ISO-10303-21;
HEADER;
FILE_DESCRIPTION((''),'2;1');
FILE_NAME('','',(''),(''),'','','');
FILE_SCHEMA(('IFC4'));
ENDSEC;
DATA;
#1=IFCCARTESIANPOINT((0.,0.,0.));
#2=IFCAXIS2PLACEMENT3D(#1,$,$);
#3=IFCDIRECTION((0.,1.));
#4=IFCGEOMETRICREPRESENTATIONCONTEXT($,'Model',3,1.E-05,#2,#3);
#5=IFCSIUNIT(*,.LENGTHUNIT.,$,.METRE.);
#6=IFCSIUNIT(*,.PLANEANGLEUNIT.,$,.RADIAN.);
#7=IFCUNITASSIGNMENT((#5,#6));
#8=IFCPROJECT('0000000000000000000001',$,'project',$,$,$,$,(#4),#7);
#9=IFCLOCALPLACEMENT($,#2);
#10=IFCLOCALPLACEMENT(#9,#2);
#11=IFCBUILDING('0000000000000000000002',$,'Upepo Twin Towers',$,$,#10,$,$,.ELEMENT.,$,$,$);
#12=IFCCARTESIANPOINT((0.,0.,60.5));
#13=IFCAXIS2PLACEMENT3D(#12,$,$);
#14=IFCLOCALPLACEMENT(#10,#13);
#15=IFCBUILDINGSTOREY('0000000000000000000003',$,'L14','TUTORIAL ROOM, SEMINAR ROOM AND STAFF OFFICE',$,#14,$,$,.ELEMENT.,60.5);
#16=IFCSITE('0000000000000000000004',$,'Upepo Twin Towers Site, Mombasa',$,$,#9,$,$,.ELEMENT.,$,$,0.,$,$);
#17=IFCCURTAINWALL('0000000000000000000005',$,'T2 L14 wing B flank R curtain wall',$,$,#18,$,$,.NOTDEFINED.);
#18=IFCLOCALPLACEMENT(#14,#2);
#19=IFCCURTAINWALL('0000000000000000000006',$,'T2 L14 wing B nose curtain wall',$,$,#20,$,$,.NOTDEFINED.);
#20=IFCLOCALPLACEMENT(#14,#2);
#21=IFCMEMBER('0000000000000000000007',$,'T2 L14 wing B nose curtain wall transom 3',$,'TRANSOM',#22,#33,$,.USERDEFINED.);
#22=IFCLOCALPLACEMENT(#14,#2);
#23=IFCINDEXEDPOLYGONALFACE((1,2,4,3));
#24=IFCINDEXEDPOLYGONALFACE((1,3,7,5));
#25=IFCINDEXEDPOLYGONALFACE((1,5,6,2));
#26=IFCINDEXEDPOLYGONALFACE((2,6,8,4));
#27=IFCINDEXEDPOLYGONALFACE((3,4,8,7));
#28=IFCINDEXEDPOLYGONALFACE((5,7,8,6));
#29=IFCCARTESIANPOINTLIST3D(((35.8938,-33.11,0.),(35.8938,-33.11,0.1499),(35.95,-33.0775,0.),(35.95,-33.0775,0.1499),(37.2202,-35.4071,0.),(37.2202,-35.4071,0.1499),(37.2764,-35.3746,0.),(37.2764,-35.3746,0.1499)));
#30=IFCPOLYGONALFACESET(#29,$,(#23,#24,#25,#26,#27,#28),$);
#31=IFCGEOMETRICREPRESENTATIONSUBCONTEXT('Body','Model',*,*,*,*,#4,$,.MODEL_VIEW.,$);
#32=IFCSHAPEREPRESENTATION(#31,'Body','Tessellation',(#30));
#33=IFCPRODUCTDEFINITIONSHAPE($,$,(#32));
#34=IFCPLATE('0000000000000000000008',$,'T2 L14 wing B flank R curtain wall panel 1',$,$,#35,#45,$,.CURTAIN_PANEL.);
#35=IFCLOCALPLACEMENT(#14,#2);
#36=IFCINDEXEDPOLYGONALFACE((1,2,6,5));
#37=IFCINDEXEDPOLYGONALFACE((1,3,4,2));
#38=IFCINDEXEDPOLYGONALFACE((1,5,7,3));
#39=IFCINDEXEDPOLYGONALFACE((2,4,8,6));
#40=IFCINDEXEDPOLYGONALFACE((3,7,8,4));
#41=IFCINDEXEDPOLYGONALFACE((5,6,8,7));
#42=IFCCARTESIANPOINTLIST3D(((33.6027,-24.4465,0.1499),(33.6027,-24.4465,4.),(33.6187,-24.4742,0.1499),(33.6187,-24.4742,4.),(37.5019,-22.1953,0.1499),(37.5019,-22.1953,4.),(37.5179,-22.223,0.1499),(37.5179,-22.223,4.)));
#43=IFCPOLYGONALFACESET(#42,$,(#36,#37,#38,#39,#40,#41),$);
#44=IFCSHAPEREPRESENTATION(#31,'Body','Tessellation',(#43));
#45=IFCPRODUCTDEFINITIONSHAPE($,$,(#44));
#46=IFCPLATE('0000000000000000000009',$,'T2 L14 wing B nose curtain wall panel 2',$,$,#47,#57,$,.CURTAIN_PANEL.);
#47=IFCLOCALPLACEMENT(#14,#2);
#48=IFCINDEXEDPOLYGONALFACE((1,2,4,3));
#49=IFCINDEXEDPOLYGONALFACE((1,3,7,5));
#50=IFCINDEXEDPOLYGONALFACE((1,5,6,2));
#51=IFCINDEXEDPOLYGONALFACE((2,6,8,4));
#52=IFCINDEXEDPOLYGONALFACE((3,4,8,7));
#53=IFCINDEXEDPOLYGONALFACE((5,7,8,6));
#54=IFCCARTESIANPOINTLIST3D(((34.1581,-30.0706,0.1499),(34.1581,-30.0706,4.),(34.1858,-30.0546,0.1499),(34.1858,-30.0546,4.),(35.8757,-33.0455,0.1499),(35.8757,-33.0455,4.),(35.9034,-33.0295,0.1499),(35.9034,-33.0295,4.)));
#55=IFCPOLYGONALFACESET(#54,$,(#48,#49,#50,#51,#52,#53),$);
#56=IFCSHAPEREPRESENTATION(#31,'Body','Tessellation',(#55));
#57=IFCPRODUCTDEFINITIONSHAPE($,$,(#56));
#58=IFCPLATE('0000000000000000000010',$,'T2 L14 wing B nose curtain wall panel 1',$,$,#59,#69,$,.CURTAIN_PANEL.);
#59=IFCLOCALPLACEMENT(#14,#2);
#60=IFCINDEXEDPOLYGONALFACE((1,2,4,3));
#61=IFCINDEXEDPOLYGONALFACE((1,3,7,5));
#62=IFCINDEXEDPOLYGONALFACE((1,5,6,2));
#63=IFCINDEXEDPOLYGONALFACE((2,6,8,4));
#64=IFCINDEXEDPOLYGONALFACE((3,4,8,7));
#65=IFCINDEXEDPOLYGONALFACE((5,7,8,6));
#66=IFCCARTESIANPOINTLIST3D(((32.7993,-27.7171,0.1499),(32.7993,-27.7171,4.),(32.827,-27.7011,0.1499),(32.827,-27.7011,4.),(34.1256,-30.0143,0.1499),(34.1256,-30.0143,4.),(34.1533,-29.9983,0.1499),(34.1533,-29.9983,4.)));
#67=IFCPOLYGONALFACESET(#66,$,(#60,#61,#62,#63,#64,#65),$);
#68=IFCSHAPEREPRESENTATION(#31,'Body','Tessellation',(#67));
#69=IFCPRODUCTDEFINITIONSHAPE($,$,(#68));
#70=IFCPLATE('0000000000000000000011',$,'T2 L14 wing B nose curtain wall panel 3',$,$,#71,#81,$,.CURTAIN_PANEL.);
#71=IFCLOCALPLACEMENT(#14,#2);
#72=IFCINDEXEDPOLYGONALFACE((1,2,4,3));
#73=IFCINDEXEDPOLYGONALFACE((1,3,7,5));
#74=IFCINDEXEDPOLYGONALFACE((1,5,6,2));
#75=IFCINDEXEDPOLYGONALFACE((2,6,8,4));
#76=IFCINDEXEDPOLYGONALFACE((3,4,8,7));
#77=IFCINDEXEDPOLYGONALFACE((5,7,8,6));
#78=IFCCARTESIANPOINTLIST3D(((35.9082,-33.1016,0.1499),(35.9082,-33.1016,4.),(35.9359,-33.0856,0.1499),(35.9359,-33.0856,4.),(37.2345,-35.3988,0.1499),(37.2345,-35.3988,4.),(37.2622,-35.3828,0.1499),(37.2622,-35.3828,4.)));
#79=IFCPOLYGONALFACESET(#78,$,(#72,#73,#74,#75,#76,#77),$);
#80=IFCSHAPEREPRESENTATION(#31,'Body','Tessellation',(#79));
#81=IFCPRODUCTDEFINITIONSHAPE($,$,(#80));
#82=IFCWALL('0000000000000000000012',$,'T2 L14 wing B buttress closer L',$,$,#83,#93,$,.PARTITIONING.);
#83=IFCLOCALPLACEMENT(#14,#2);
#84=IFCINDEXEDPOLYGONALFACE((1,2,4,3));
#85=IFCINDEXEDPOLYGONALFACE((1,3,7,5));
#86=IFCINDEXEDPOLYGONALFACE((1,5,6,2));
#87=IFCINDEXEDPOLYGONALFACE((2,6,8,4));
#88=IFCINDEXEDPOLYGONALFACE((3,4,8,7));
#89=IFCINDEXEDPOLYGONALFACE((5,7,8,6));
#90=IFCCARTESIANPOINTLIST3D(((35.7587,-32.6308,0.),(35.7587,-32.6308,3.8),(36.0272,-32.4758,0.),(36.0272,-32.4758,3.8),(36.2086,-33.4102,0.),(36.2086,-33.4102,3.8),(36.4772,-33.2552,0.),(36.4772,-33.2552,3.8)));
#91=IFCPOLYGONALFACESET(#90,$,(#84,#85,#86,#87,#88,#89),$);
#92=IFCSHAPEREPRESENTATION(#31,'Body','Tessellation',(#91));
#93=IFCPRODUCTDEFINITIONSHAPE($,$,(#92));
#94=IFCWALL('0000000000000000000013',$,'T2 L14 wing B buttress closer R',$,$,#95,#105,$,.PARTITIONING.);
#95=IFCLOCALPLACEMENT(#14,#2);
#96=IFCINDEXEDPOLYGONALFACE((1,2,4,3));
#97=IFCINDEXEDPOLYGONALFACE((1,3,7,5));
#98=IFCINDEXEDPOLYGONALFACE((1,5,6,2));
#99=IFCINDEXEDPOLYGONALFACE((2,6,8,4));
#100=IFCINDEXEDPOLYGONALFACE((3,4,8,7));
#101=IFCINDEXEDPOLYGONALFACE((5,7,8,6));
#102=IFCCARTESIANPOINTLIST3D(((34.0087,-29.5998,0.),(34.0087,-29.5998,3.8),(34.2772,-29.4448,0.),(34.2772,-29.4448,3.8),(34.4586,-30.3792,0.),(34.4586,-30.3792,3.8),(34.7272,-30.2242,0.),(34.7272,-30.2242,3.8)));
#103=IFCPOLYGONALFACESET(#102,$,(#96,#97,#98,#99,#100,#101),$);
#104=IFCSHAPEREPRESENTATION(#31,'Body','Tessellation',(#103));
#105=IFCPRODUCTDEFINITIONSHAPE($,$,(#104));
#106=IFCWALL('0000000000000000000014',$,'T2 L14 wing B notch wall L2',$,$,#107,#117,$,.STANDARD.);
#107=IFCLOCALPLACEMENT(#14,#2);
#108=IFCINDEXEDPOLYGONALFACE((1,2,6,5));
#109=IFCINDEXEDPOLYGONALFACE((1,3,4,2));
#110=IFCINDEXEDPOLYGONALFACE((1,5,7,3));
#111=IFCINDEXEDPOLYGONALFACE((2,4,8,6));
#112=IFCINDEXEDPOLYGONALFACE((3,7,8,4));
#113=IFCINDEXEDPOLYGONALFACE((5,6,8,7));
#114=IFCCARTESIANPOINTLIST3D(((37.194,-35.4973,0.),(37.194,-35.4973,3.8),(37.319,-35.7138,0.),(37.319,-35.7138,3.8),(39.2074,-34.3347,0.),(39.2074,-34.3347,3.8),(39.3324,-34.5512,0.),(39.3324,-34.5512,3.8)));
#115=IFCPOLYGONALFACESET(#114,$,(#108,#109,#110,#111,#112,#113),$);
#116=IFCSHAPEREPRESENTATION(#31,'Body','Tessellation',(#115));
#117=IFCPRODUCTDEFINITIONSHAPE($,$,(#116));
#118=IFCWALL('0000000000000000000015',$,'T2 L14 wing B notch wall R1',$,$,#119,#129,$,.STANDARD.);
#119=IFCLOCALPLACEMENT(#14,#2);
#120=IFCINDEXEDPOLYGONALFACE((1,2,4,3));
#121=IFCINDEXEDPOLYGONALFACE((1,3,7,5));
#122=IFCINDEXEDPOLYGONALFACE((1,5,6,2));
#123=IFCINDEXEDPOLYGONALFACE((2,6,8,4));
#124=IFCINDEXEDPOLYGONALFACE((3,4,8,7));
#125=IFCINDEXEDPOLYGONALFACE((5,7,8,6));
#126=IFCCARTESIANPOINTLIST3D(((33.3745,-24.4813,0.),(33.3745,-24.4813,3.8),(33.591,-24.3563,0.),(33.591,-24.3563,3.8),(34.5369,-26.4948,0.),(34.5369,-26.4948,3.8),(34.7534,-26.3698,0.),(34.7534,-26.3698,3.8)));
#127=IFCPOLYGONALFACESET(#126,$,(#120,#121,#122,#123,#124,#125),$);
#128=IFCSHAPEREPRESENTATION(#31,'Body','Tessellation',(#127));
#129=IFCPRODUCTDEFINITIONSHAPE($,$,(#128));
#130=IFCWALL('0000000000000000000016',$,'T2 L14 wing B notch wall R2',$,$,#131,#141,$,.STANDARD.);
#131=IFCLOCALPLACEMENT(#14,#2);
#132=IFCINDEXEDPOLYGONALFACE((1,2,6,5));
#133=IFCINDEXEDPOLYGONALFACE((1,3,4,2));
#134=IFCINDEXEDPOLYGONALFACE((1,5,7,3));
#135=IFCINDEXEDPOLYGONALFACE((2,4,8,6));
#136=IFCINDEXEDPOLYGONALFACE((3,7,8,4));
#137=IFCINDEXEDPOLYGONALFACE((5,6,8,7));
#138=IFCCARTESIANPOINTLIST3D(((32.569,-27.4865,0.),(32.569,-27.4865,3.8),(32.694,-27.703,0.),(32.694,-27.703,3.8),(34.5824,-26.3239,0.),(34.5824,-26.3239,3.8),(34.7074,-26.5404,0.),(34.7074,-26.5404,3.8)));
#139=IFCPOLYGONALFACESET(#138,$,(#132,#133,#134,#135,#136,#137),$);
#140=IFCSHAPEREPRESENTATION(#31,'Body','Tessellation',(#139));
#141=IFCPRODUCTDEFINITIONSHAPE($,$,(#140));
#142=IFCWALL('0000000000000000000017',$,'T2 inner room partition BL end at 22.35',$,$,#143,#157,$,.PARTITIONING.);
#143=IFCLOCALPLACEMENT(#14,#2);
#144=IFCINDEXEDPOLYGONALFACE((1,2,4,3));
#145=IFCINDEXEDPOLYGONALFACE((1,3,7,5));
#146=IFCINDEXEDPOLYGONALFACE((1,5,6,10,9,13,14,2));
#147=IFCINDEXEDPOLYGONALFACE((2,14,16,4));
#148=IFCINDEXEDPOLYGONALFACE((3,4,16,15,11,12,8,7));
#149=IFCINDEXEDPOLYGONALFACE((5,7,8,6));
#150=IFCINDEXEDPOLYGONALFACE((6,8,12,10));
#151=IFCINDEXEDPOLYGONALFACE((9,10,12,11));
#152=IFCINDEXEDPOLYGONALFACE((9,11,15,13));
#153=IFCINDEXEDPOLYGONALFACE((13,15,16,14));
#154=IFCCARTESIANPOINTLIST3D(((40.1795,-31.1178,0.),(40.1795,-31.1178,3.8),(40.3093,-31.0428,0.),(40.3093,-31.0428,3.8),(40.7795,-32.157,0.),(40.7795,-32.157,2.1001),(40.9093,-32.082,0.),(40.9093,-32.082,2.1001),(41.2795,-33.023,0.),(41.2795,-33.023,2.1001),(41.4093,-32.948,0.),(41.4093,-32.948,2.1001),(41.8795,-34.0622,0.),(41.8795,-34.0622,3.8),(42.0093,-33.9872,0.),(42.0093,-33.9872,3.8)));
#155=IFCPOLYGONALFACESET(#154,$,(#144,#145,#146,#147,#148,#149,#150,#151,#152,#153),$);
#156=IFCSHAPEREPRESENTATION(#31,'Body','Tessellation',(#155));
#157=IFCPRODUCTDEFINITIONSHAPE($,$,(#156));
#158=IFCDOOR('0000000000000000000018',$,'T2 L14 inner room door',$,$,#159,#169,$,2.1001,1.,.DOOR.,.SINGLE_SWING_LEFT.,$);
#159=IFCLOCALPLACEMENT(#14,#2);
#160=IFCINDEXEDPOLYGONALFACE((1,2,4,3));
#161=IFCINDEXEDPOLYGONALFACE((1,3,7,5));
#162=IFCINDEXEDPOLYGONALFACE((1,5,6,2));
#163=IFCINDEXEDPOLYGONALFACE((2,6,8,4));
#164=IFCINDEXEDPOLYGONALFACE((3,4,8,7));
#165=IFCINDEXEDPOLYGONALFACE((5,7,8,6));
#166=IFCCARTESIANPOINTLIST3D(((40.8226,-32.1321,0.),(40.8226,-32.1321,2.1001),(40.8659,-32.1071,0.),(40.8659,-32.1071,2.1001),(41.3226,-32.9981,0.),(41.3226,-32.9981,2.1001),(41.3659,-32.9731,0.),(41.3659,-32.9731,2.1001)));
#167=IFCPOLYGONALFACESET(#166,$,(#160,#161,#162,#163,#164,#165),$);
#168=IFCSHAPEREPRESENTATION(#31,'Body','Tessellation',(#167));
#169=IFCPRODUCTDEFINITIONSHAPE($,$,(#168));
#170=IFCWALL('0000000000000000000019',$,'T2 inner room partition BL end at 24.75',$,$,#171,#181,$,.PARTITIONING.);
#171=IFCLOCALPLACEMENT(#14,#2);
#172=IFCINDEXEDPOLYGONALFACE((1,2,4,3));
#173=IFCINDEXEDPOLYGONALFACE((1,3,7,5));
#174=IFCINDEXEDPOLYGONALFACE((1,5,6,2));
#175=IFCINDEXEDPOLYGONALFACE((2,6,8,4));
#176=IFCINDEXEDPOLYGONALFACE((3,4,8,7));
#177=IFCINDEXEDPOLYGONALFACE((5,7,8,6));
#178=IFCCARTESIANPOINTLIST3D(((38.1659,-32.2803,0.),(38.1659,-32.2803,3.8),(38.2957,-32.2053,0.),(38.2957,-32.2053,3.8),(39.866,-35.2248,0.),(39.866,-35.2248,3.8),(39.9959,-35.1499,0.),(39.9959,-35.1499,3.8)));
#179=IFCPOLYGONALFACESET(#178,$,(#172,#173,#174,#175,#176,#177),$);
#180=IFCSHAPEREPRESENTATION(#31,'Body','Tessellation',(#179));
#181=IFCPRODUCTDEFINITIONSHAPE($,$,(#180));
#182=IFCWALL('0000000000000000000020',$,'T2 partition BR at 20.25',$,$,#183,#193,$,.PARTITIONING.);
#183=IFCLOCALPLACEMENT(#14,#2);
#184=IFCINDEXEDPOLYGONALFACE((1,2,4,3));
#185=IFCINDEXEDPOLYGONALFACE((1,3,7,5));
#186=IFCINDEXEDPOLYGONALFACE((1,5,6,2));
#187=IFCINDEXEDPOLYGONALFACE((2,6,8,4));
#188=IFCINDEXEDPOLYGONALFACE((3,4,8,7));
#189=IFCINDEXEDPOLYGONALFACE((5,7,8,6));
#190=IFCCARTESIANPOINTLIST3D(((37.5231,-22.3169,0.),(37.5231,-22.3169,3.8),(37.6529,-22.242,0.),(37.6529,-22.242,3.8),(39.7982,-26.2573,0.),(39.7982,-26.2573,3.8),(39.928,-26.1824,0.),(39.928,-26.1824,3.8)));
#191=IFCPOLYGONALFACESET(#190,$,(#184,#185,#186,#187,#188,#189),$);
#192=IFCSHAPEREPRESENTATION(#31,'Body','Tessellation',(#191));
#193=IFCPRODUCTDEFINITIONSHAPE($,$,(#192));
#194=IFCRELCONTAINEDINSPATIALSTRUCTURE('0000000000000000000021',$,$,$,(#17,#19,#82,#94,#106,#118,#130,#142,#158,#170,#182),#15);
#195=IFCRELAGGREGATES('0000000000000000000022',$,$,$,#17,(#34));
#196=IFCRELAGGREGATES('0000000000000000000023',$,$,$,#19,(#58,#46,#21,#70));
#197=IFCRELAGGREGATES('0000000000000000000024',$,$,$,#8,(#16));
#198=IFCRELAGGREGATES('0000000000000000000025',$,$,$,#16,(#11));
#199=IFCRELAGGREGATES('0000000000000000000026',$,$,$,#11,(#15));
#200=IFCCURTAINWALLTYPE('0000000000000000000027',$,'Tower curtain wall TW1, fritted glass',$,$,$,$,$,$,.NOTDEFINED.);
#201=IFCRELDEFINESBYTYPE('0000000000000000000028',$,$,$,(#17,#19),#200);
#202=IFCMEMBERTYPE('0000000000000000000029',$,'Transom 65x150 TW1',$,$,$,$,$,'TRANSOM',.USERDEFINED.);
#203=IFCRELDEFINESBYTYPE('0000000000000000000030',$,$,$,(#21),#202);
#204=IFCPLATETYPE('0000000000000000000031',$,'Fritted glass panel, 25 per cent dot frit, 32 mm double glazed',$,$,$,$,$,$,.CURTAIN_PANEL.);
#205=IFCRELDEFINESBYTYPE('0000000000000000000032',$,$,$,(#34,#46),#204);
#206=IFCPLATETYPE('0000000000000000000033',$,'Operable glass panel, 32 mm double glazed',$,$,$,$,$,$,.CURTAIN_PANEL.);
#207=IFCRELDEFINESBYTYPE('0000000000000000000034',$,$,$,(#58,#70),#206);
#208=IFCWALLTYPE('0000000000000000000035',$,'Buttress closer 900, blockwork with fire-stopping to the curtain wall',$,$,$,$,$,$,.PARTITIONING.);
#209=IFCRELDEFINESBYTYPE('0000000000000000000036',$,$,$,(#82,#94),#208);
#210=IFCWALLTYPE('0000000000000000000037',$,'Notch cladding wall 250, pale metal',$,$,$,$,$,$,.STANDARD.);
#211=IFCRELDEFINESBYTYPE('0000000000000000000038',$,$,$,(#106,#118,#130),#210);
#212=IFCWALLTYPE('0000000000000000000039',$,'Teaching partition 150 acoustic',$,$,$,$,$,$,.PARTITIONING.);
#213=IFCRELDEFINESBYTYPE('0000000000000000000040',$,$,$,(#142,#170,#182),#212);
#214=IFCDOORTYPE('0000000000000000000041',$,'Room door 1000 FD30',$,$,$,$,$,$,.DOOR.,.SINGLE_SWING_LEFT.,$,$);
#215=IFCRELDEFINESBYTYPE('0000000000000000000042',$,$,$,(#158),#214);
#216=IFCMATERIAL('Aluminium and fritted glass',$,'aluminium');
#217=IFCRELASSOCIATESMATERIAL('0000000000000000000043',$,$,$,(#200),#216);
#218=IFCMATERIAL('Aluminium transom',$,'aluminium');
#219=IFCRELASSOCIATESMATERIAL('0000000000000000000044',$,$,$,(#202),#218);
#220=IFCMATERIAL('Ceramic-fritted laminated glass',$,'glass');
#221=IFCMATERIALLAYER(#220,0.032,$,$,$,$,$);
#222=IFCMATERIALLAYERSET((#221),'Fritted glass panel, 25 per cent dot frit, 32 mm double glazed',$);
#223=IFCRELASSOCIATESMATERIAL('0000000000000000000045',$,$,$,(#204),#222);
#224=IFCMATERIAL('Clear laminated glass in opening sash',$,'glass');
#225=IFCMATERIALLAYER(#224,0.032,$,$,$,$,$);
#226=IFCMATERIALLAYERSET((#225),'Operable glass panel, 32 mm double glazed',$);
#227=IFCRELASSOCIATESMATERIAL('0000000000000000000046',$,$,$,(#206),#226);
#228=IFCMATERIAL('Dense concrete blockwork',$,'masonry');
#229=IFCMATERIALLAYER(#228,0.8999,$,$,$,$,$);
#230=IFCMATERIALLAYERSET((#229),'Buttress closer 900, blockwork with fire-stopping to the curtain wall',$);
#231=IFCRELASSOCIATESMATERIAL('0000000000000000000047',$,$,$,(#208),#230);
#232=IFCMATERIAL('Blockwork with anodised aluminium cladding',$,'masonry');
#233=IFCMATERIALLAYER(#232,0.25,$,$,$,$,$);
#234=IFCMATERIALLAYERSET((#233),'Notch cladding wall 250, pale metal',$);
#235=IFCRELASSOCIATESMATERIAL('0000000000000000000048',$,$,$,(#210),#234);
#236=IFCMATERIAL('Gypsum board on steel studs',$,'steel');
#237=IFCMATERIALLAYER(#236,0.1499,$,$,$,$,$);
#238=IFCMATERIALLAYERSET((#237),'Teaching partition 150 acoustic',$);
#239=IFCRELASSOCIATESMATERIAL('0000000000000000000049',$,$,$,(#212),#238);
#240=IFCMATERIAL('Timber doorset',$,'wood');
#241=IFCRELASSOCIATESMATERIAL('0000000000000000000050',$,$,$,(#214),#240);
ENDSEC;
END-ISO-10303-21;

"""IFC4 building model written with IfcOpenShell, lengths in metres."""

from ifc_helpers import new_model, si_unit, direction, frame, frame_2d, origin, origin_2d, place, context, subcontext, project, spatial, rectangle, extrude, material, layer, layer_set, material_profile, profile_set, type_object, element, fill, aggregate, save


model = new_model("IFC4")

# Units and contexts
model_context = context("Model", 3, precision=1e-05, world=origin(), true_north=direction((0.0, 1.0)))
body_context = subcontext(model_context, "Body", "Model", "MODEL_VIEW")
ifc_project = project(units=[si_unit("LENGTHUNIT", "METRE"), si_unit("PLANEANGLEUNIT", "RADIAN")], contexts=[model_context])

# Site, building, storey
site_placement = place(None, origin())
site = spatial("IfcSite", under=ifc_project, at=site_placement, Name="Upepo Twin Towers Site, Mombasa", CompositionType="ELEMENT", RefElevation=0.0)
building_placement = place(site_placement, origin())
building = spatial("IfcBuilding", under=site, at=building_placement, Name="Upepo Twin Towers", CompositionType="ELEMENT")
storey_placement = place(building_placement, frame((0.0, 0.0, 60.5)))
storey = spatial("IfcBuildingStorey", under=building, at=storey_placement, Name="L14", Description="TUTORIAL ROOM, SEMINAR ROOM AND STAFF OFFICE", CompositionType="ELEMENT", Elevation=60.5)

# Shared definitions
ifc_material_1 = material(Name="Aluminium and fritted glass", Category="aluminium")
curtain_wall_type = type_object("IfcCurtainWallType", Name="Tower curtain wall TW1, fritted glass", PredefinedType="NOTDEFINED", material=ifc_material_1)

# Curtain walls
curtain_wall_1_placement = place(storey_placement, origin())
curtain_wall_1 = element("IfcCurtainWall", 1, at=curtain_wall_1_placement, inside=storey, type_object=curtain_wall_type, Name="T2 L14 wing B flank R curtain wall", PredefinedType="NOTDEFINED")
curtain_wall_2_placement = place(storey_placement, origin())
curtain_wall_2 = element("IfcCurtainWall", 2, at=curtain_wall_2_placement, inside=storey, type_object=curtain_wall_type, Name="T2 L14 wing B nose curtain wall", PredefinedType="NOTDEFINED")

# Member
ifc_material_2 = material(Name="Aluminium transom", Category="aluminium")
ifc_material_profile_1 = material_profile(ifc_material_2, rectangle(XDim=0.0649, YDim=0.1499, at=origin_2d()), Name="TRANSOM 65x150")
ifc_profile_set_1 = profile_set([ifc_material_profile_1], Name="Aluminium transom")
member_type_1 = type_object("IfcMemberType", Name="Transom 65x150 TW1", ElementType="TRANSOM", PredefinedType="USERDEFINED", material=ifc_profile_set_1)
member_1_placement = place(storey_placement, frame((35.9219, -33.0938, 0.075), z_axis=(0.500049, -0.865997, 0.0), x_axis=(0.865997, 0.500049, 0.0)))
member_1 = element("IfcMember", 3, at=member_1_placement, type_object=member_type_1, Name="T2 L14 wing B nose curtain wall transom 3", ObjectType="TRANSOM", PredefinedType="USERDEFINED", context=body_context, shape_type="SweptSolid", body=[
    extrude(rectangle(XDim=0.0649, YDim=0.1499, at=origin_2d()), origin(), (0.0, 0.0, 1.0), 2.6526),
])

# Plates
ifc_material_3 = material(Name="Ceramic-fritted laminated glass", Category="glass")
ifc_layer_1 = layer(ifc_material_3, 0.032)
ifc_layer_set_1 = layer_set([ifc_layer_1], Name="Fritted glass panel, 25 per cent dot frit, 32 mm double glazed")
plate_type_1 = type_object("IfcPlateType", Name="Fritted glass panel, 25 per cent dot frit, 32 mm double glazed", PredefinedType="CURTAIN_PANEL", material=ifc_layer_set_1)
plate_1_placement = place(storey_placement, frame((35.5603, -23.3347, 0.1499), z_axis=(0.0, 0.0, 1.0), x_axis=(0.866025, 0.5, 0.0)))
plate_1 = element("IfcPlate", 4, at=plate_1_placement, type_object=plate_type_1, Name="T2 L14 wing B flank R curtain wall panel 1", PredefinedType="CURTAIN_PANEL", context=body_context, shape_type="SweptSolid", body=[
    extrude(rectangle(XDim=4.5024, YDim=0.032, at=origin_2d()), origin(), (0.0, 0.0, 1.0), 3.8501),
])
aggregate(curtain_wall_1, [plate_1])
plate_2_placement = place(storey_placement, frame((35.0308, -31.55, 0.1499), z_axis=(0.0, 0.0, 1.0), x_axis=(0.5, -0.866025, 0.0)))
plate_2 = element("IfcPlate", 5, at=plate_2_placement, type_object=plate_type_1, Name="T2 L14 wing B nose curtain wall panel 2", PredefinedType="CURTAIN_PANEL", context=body_context, shape_type="SweptSolid", body=[
    extrude(rectangle(XDim=3.4351, YDim=0.032, at=origin_2d()), origin(), (0.0, 0.0, 1.0), 3.8501),
])
ifc_material_4 = material(Name="Clear laminated glass in opening sash", Category="glass")
ifc_layer_2 = layer(ifc_material_4, 0.032)
ifc_layer_set_2 = layer_set([ifc_layer_2], Name="Operable glass panel, 32 mm double glazed")
plate_type_2 = type_object("IfcPlateType", Name="Operable glass panel, 32 mm double glazed", PredefinedType="CURTAIN_PANEL", material=ifc_layer_set_2)
plate_3_placement = place(storey_placement, frame((33.4763, -28.8577, 0.1499), z_axis=(0.0, 0.0, 1.0), x_axis=(0.5, -0.866025, 0.0)))
plate_3 = element("IfcPlate", 6, at=plate_3_placement, type_object=plate_type_2, Name="T2 L14 wing B nose curtain wall panel 1", PredefinedType="CURTAIN_PANEL", context=body_context, shape_type="SweptSolid", body=[
    extrude(rectangle(XDim=2.6526, YDim=0.032, at=origin_2d()), origin(), (0.0, 0.0, 1.0), 3.8501),
])
plate_4_placement = place(storey_placement, frame((36.5852, -34.2422, 0.1499), z_axis=(0.0, 0.0, 1.0), x_axis=(0.5, -0.866025, 0.0)))
plate_4 = element("IfcPlate", 7, at=plate_4_placement, type_object=plate_type_2, Name="T2 L14 wing B nose curtain wall panel 3", PredefinedType="CURTAIN_PANEL", context=body_context, shape_type="SweptSolid", body=[
    extrude(rectangle(XDim=2.6526, YDim=0.032, at=origin_2d()), origin(), (0.0, 0.0, 1.0), 3.8501),
])
aggregate(curtain_wall_2, [plate_3, plate_2, member_1, plate_4])

# Walls
ifc_material_5 = material(Name="Dense concrete blockwork", Category="masonry")
ifc_layer_3 = layer(ifc_material_5, 0.8999)
ifc_layer_set_3 = layer_set([ifc_layer_3], Name="Buttress closer 900, blockwork with fire-stopping to the curtain wall")
wall_type_1 = type_object("IfcWallType", Name="Buttress closer 900, blockwork with fire-stopping to the curtain wall", PredefinedType="PARTITIONING", material=ifc_layer_set_3)
for number, where, z_axis, x_axis, name in (
    (8, (36.2522, -32.8655, 0.0), (0.0, 0.0, 1.0), (-0.866054, -0.49995, 0.0), "T2 L14 wing B buttress closer L"),
    (9, (34.5022, -29.8345, 0.0), (0.0, 0.0, 1.0), (-0.866054, -0.49995, 0.0), "T2 L14 wing B buttress closer R"),
):
    element("IfcWall", number, at=place(storey_placement, frame(where, z_axis=z_axis, x_axis=x_axis)), inside=storey, type_object=wall_type_1, Name=name, PredefinedType="PARTITIONING", context=body_context, shape_type="SweptSolid", body=[
        extrude(rectangle(XDim=0.3101, YDim=0.8999, at=frame_2d((0.155, 0.0))), origin(), (0.0, 0.0, 1.0), 3.8),
    ])
ifc_material_6 = material(Name="Blockwork with anodised aluminium cladding", Category="masonry")
ifc_layer_4 = layer(ifc_material_6, 0.25)
ifc_layer_set_4 = layer_set([ifc_layer_4], Name="Notch cladding wall 250, pale metal")
wall_type_2 = type_object("IfcWallType", Name="Notch cladding wall 250, pale metal", PredefinedType="STANDARD", material=ifc_layer_set_4)
for number, where, z_axis, x_axis, name in (
    (10, (39.27, -34.4429, 0.0), (0.0, 0.0, 1.0), (-0.865998, -0.500047, 0.0), "T2 L14 wing B notch wall L2"),
    (11, (33.4827, -24.4187, 0.0), (0.0, 0.0, 1.0), (0.499968, -0.866044, 0.0), "T2 L14 wing B notch wall R1"),
    (12, (34.645, -26.4321, 0.0), (0.0, 0.0, 1.0), (-0.865998, -0.500047, 0.0), "T2 L14 wing B notch wall R2"),
):
    element("IfcWall", number, at=place(storey_placement, frame(where, z_axis=z_axis, x_axis=x_axis)), inside=storey, type_object=wall_type_2, Name=name, PredefinedType="STANDARD", context=body_context, shape_type="SweptSolid", body=[
        extrude(rectangle(XDim=2.325, YDim=0.25, at=frame_2d((1.1626, 0.0))), origin(), (0.0, 0.0, 1.0), 3.8),
    ])

# Wall, opening, door
ifc_material_7 = material(Name="Gypsum board on steel studs", Category="steel")
ifc_layer_5 = layer(ifc_material_7, 0.1499)
ifc_layer_set_5 = layer_set([ifc_layer_5], Name="Teaching partition 150 acoustic")
wall_type_3 = type_object("IfcWallType", Name="Teaching partition 150 acoustic", PredefinedType="PARTITIONING", material=ifc_layer_set_5)
wall_1_placement = place(storey_placement, frame((40.2444, -31.0803, 0.0), z_axis=(0.0, 0.0, 1.0), x_axis=(0.500008, -0.866021, 0.0)))
wall_1 = element("IfcWall", 13, at=wall_1_placement, inside=storey, type_object=wall_type_3, Name="T2 inner room partition BL end at 22.35", PredefinedType="PARTITIONING", context=body_context, shape_type="SweptSolid", body=[
    extrude(rectangle(XDim=3.3999, YDim=0.1499, at=frame_2d((1.7, 0.0))), origin(), (0.0, 0.0, 1.0), 3.8),
])
opening_1_placement = place(wall_1_placement, frame((1.2, 0.0, 0.0)))
opening_1 = element("IfcOpeningElement", 14, at=opening_1_placement, cuts=wall_1, PredefinedType="OPENING", context=body_context, shape_type="SweptSolid", body=[
    extrude(rectangle(XDim=1.0, YDim=2.1001, at=frame_2d((0.5, 1.05))), frame((0.0, 0.085, 0.0), z_axis=(0.0, -1.0, 0.0), x_axis=(1.0, 0.0, 0.0)), (0.0, 0.0, 1.0), 0.1699),
])
ifc_material_8 = material(Name="Timber doorset", Category="wood")
door_type = type_object("IfcDoorType", Name="Room door 1000 FD30", OperationType="SINGLE_SWING_LEFT", PredefinedType="DOOR", material=ifc_material_8)
door_1_placement = place(opening_1_placement, origin())
door_1 = element("IfcDoor", 15, at=door_1_placement, inside=storey, type_object=door_type, Name="T2 L14 inner room door", OperationType="SINGLE_SWING_LEFT", OverallHeight=2.1001, OverallWidth=1.0, PredefinedType="DOOR", context=body_context, shape_type="SweptSolid", body=[
    extrude(rectangle(XDim=1.0, YDim=2.1001, at=frame_2d((0.5, 1.05))), frame((0.0, 0.0249, 0.0), z_axis=(0.0, -1.0, 0.0), x_axis=(1.0, 0.0, 0.0)), (0.0, 0.0, 1.0), 0.05),
])
fill(opening_1, door_1)

# Walls
wall_2_placement = place(storey_placement, frame((38.2307, -32.2427, 0.0), z_axis=(0.0, 0.0, 1.0), x_axis=(0.500031, -0.866007, 0.0)))
element("IfcWall", 16, at=wall_2_placement, inside=storey, type_object=wall_type_3, Name="T2 inner room partition BL end at 24.75", PredefinedType="PARTITIONING", context=body_context, shape_type="SweptSolid", body=[
    extrude(rectangle(XDim=3.4001, YDim=0.1499, at=frame_2d((1.7002, 0.0))), origin(), (0.0, 0.0, 1.0), 3.8),
])
wall_3_placement = place(storey_placement, frame((39.863, -26.2197, 0.0), z_axis=(0.0, 0.0, 1.0), x_axis=(-0.500023, 0.866012, 0.0)))
element("IfcWall", 17, at=wall_3_placement, inside=storey, type_object=wall_type_3, Name="T2 partition BR at 20.25", PredefinedType="PARTITIONING", context=body_context, shape_type="SweptSolid", body=[
    extrude(rectangle(XDim=4.55, YDim=0.1499, at=frame_2d((2.2749, 0.0))), origin(), (0.0, 0.0, 1.0), 3.8),
])

save(model, "model.ifc")
